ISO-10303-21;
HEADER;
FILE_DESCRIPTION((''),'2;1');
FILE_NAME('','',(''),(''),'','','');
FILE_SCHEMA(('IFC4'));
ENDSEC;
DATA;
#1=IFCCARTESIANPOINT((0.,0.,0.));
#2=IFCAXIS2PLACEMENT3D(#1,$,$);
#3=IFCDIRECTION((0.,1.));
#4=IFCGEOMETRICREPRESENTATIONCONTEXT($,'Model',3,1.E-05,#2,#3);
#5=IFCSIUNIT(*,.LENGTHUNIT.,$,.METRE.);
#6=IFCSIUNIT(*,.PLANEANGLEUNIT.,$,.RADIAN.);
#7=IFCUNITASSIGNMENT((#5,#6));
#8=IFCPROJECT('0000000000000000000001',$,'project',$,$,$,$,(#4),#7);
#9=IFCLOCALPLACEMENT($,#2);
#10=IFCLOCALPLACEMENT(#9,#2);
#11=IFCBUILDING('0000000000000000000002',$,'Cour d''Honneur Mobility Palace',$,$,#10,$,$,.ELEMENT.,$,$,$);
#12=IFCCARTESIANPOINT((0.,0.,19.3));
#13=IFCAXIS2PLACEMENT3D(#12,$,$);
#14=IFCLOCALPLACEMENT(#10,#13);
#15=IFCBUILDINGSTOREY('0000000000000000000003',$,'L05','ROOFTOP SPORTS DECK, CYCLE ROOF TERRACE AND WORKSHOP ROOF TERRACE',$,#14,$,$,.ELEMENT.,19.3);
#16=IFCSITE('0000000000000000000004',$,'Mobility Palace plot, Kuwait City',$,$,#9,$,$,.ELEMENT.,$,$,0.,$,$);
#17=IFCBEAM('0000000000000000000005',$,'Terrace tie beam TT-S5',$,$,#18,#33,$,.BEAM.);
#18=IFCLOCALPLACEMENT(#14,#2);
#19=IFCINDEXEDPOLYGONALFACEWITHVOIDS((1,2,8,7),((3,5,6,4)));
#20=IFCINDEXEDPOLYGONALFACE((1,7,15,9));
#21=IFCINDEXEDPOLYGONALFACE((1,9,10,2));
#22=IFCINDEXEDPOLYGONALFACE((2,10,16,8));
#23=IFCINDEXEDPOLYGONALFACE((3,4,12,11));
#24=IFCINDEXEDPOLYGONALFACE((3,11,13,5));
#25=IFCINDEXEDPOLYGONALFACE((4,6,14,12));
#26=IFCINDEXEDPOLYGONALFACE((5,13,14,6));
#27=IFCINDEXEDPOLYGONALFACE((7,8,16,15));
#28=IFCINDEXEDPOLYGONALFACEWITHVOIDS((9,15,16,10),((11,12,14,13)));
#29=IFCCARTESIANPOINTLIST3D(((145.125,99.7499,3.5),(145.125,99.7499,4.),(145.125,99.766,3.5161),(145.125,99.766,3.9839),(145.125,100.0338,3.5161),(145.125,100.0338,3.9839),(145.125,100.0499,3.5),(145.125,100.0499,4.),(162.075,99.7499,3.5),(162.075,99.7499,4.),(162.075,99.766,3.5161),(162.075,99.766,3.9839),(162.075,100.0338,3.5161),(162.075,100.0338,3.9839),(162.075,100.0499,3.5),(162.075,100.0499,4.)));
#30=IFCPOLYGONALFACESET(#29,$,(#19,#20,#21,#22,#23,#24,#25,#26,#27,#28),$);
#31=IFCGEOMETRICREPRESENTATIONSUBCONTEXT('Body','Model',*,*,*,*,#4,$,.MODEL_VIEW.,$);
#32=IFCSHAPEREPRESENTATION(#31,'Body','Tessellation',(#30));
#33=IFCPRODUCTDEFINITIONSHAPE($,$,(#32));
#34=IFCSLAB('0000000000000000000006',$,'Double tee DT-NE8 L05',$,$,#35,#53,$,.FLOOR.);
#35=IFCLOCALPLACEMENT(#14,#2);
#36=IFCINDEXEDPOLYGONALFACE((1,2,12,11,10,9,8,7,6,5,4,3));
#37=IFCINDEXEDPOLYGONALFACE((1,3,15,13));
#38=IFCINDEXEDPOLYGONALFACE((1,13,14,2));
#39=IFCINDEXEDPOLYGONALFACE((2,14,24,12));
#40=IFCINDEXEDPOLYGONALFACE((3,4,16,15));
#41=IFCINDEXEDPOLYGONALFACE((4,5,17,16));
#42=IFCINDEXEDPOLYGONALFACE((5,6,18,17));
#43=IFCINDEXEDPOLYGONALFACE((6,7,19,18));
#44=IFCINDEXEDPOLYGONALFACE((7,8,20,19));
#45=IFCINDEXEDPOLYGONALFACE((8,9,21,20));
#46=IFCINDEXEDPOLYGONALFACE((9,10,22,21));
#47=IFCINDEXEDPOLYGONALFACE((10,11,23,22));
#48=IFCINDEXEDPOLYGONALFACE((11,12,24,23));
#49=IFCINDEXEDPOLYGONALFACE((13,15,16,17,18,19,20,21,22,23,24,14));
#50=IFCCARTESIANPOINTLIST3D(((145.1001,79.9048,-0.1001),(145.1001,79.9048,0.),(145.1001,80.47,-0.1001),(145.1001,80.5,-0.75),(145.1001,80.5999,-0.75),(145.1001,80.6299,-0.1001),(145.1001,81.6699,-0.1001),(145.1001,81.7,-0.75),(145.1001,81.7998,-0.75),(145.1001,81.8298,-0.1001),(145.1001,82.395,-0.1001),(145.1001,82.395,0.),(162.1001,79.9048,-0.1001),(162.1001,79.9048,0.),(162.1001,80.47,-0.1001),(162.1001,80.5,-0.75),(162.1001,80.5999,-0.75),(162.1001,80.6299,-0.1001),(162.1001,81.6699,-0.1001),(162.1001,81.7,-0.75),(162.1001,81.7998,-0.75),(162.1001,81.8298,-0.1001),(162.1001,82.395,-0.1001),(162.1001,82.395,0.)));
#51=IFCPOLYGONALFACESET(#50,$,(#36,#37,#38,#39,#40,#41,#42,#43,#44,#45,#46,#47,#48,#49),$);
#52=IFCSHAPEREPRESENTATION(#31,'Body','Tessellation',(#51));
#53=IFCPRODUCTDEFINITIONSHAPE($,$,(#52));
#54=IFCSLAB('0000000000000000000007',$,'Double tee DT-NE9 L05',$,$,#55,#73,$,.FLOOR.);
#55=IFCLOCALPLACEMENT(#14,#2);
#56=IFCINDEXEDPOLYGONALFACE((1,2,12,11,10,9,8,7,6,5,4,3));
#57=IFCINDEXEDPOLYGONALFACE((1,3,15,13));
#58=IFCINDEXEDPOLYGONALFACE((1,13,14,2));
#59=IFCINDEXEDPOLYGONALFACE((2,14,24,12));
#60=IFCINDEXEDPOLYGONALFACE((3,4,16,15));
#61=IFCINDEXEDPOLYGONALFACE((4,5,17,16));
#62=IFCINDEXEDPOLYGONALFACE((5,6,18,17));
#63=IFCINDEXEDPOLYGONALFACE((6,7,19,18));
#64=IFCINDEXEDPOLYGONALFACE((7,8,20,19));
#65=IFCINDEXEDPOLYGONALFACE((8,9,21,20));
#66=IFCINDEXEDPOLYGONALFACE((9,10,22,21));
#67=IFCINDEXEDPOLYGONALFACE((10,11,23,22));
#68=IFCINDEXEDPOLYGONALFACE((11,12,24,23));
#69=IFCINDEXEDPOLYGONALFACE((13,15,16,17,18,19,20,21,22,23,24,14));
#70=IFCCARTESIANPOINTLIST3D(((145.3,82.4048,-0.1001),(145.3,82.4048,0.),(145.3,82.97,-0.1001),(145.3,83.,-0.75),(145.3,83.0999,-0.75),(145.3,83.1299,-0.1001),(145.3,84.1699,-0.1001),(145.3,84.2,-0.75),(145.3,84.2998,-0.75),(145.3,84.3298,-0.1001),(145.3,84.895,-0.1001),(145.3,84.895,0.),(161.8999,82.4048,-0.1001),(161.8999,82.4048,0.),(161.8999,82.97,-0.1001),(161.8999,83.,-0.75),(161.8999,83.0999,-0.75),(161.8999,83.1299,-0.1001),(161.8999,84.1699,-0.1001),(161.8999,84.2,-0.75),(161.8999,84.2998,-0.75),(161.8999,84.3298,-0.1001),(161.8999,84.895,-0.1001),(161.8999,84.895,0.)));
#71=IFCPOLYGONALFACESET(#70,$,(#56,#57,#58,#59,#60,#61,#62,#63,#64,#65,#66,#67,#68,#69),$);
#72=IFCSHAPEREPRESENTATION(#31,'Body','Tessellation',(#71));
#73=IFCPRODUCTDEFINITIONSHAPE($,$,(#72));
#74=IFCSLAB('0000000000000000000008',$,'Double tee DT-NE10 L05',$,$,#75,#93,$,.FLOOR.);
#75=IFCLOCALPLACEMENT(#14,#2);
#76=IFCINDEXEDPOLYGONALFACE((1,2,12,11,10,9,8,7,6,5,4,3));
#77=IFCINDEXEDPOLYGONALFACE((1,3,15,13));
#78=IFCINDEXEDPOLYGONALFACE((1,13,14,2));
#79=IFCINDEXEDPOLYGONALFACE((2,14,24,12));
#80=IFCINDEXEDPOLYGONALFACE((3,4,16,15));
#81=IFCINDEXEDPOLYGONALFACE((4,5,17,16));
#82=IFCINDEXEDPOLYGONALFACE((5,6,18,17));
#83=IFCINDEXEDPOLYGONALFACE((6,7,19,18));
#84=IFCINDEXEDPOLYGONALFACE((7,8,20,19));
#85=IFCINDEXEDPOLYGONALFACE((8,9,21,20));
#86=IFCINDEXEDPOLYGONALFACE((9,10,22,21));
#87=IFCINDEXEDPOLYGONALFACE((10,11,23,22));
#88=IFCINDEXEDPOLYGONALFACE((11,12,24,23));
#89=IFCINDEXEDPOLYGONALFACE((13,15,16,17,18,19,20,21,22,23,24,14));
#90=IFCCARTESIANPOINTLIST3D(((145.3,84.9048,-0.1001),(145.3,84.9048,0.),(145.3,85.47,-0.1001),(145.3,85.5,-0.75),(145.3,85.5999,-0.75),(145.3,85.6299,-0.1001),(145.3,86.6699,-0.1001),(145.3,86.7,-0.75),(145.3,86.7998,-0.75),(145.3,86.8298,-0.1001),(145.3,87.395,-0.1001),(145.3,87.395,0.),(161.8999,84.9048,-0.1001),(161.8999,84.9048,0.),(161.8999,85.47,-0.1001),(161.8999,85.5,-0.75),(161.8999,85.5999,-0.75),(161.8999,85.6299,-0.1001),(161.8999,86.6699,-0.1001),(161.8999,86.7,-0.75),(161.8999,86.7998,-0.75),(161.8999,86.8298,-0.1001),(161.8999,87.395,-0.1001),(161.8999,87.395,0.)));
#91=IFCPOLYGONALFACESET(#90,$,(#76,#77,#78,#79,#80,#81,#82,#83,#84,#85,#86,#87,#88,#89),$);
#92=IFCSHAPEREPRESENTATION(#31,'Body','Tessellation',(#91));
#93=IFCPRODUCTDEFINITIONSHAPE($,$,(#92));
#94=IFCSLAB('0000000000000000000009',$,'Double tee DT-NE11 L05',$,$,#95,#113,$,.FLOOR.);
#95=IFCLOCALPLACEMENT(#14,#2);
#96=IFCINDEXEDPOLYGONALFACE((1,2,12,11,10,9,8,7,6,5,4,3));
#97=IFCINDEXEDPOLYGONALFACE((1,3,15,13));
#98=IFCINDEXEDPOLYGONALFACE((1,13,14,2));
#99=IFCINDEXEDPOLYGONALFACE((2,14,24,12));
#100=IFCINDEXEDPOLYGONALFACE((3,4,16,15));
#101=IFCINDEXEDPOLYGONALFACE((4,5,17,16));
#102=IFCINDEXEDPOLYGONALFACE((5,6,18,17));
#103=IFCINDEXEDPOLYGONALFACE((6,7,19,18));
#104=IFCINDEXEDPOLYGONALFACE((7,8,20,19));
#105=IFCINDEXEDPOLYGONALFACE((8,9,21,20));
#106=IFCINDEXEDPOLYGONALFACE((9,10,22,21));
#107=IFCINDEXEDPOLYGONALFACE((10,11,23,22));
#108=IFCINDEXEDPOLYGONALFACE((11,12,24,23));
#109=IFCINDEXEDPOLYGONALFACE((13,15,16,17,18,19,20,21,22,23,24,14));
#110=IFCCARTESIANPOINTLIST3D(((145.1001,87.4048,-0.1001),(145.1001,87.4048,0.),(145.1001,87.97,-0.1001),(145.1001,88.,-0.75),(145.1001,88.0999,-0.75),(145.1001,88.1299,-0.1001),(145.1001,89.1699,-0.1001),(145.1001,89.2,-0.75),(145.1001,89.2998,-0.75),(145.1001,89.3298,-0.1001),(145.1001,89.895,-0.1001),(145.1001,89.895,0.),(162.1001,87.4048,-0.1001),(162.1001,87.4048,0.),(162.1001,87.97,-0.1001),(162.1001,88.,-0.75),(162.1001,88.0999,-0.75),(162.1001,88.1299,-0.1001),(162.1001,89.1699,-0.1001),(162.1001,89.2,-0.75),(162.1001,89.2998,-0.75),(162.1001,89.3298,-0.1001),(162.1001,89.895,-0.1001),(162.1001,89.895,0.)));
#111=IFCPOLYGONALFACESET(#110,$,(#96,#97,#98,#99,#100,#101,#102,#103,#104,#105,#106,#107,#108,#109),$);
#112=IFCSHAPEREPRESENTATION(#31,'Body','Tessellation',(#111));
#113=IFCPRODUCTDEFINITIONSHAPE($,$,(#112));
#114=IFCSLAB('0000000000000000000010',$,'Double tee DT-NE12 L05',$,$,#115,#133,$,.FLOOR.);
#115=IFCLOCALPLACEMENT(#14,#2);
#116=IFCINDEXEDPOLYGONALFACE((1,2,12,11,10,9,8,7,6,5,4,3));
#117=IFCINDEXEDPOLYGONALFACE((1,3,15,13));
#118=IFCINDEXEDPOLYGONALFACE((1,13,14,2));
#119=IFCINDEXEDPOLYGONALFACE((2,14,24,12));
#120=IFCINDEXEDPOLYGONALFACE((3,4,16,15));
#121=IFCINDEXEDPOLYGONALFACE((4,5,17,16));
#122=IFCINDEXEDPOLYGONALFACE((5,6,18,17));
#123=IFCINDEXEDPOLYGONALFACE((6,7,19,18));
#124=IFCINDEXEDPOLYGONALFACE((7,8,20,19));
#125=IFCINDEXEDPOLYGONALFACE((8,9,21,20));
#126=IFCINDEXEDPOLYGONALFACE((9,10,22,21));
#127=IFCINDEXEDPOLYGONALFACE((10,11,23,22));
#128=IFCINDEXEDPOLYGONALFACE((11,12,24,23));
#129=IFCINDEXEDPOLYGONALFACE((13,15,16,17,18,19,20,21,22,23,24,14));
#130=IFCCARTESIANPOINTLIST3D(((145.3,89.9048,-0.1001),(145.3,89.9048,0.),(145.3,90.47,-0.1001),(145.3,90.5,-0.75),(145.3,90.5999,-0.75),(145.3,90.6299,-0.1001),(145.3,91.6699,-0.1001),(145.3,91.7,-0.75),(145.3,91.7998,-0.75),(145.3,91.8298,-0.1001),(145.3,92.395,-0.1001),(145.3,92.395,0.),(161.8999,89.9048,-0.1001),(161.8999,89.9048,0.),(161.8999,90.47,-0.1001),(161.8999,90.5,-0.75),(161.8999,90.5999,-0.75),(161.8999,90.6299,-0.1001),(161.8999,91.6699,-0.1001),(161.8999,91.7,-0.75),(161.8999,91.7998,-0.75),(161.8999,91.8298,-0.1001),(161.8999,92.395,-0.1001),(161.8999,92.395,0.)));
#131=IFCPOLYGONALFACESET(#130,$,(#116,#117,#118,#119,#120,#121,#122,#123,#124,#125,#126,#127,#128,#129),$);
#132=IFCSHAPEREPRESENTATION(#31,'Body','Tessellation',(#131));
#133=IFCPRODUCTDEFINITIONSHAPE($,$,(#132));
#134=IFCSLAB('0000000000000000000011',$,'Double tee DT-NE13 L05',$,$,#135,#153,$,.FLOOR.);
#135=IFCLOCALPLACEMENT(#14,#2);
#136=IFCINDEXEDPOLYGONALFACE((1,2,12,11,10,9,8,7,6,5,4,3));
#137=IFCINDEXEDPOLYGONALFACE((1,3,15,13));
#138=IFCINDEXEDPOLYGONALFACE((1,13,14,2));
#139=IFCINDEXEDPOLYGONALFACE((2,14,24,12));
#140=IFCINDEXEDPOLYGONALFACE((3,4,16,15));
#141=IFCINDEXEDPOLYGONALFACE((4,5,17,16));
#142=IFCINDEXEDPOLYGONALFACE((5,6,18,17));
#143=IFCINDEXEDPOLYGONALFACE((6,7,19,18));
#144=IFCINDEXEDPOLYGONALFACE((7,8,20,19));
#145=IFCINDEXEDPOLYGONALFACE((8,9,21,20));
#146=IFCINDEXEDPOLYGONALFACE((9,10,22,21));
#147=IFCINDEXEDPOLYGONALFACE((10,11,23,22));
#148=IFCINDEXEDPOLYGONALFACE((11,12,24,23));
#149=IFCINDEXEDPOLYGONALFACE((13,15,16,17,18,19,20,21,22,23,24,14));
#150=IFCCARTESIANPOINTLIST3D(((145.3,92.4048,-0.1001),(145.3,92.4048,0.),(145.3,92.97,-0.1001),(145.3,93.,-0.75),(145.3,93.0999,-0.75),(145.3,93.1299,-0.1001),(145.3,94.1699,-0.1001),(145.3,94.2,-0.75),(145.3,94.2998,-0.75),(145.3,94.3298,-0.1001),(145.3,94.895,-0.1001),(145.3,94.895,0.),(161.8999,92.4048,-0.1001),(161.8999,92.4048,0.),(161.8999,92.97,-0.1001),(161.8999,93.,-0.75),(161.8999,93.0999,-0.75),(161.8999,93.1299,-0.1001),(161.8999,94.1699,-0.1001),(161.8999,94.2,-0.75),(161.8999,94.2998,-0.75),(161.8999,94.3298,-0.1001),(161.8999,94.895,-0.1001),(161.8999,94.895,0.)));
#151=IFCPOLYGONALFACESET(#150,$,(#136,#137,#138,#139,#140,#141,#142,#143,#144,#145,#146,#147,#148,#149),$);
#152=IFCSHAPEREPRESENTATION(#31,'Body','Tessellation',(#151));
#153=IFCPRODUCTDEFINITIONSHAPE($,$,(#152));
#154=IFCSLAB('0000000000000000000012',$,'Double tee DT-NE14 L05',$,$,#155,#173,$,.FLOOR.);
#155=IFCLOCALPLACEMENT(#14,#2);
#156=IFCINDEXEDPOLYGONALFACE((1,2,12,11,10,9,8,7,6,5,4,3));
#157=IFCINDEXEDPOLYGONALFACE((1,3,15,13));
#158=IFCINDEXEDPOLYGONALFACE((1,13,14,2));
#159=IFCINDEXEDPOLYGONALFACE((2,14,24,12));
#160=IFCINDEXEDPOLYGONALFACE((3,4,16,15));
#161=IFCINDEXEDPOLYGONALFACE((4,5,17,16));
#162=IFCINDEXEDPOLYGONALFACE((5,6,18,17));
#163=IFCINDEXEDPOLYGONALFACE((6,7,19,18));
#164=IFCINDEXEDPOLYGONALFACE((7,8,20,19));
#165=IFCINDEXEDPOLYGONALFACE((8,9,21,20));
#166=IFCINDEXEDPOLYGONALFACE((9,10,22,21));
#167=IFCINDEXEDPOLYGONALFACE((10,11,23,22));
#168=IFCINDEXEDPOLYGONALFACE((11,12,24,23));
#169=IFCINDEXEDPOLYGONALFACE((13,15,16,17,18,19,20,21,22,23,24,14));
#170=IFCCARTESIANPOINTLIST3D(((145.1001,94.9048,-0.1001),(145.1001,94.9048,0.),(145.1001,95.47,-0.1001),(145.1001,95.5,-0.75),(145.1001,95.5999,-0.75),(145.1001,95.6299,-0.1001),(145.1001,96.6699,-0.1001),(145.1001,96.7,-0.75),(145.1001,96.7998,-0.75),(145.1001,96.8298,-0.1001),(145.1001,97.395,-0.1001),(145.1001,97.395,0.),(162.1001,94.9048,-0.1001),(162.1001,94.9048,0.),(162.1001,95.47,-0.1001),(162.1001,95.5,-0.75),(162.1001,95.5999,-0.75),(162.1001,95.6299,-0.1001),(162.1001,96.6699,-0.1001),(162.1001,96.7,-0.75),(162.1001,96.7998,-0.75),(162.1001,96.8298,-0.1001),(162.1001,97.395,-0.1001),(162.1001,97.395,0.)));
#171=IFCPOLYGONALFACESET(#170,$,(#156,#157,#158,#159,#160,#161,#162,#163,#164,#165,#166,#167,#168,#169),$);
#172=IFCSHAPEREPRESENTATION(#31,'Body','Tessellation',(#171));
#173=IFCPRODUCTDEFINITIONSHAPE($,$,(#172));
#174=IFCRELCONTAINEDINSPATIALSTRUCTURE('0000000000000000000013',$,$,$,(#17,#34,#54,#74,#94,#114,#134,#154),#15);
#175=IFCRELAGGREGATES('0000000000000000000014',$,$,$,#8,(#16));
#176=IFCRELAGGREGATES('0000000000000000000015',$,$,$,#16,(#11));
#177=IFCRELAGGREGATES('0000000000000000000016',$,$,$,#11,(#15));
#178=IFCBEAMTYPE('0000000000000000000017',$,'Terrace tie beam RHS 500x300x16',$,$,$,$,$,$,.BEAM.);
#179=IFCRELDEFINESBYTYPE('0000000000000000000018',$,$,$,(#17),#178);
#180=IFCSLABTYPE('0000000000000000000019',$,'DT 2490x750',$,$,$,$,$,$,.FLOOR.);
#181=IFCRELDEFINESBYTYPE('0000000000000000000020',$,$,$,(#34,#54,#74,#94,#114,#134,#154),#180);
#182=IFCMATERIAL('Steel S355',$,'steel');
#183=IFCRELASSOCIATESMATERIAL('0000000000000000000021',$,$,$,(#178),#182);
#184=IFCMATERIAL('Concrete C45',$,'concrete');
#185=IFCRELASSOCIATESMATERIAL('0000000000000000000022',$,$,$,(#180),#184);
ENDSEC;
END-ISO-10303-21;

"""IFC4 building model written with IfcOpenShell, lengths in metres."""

from ifc_helpers import new_model, si_unit, direction, frame, origin, origin_2d, place, context, subcontext, project, spatial, polyline, hollow_rectangle, outline, extrude, material, material_profile, profile_set, type_object, element, save


model = new_model("IFC4")

# Units and contexts
model_context = context("Model", 3, precision=1e-05, world=origin(), true_north=direction((0.0, 1.0)))
body_context = subcontext(model_context, "Body", "Model", "MODEL_VIEW")
ifc_project = project(units=[si_unit("LENGTHUNIT", "METRE"), si_unit("PLANEANGLEUNIT", "RADIAN")], contexts=[model_context])

# Site, building, storey
site_placement = place(None, origin())
site = spatial("IfcSite", under=ifc_project, at=site_placement, Name="Mobility Palace plot, Kuwait City", CompositionType="ELEMENT", RefElevation=0.0)
building_placement = place(site_placement, origin())
building = spatial("IfcBuilding", under=site, at=building_placement, Name="Cour d'Honneur Mobility Palace", CompositionType="ELEMENT")
storey_placement = place(building_placement, frame((0.0, 0.0, 19.3)))
storey = spatial("IfcBuildingStorey", under=building, at=storey_placement, Name="L05", Description="ROOFTOP SPORTS DECK, CYCLE ROOF TERRACE AND WORKSHOP ROOF TERRACE", CompositionType="ELEMENT", Elevation=19.3)

# Beam
ifc_material_1 = material(Name="Steel S355", Category="steel")
ifc_material_profile_1 = material_profile(ifc_material_1, hollow_rectangle(XDim=0.3, YDim=0.5, WallThickness=0.0161, at=origin_2d()), Name="RHS 500x300x16")
ifc_profile_set_1 = profile_set([ifc_material_profile_1], Name="Steel S355")
beam_type_1 = type_object("IfcBeamType", Name="Terrace tie beam RHS 500x300x16", PredefinedType="BEAM", material=ifc_profile_set_1)
for number, where, z_axis, x_axis, name in (
    (1, (145.125, 99.8999, 3.75), (1.0, 0.0, 0.0), (0.0, 1.0, 0.0), "Terrace tie beam TT-S5"),
):
    element("IfcBeam", number, at=place(storey_placement, frame(where, z_axis=z_axis, x_axis=x_axis)), inside=storey, type_object=beam_type_1, Name=name, PredefinedType="BEAM", context=body_context, shape_type="SweptSolid", body=[
        extrude(hollow_rectangle(XDim=0.3, YDim=0.5, WallThickness=0.0161, at=origin_2d()), origin(), (0.0, 0.0, 1.0), 16.95),
    ])

# Slabs
ifc_material_2 = material(Name="Concrete C45", Category="concrete")
ifc_material_profile_2 = material_profile(ifc_material_2, outline(polyline([(-1.2451, 0.0), (1.2451, 0.0), (1.2451, -0.1001), (0.6799, -0.1001), (0.6499, -0.75), (0.55, -0.75), (0.52, -0.1001), (-0.52, -0.1001), (-0.55, -0.75), (-0.6499, -0.75), (-0.6799, -0.1001), (-1.2451, -0.1001), (-1.2451, 0.0)])), Name="DT 2490x750")
ifc_profile_set_2 = profile_set([ifc_material_profile_2], Name="Concrete C45")
slab_type = type_object("IfcSlabType", Name="DT 2490x750", PredefinedType="FLOOR", material=ifc_profile_set_2)
slab_1_placement = place(storey_placement, frame((145.1001, 81.1499, 0.0), z_axis=(1.0, 0.0, 0.0), x_axis=(0.0, 1.0, 0.0)))
element("IfcSlab", 2, at=slab_1_placement, inside=storey, type_object=slab_type, Name="Double tee DT-NE8 L05", PredefinedType="FLOOR", context=body_context, shape_type="SweptSolid", body=[
    extrude(outline(polyline([(-1.2451, 0.0), (1.2451, 0.0), (1.2451, -0.1001), (0.6799, -0.1001), (0.6499, -0.75), (0.55, -0.75), (0.52, -0.1001), (-0.52, -0.1001), (-0.55, -0.75), (-0.6499, -0.75), (-0.6799, -0.1001), (-1.2451, -0.1001), (-1.2451, 0.0)])), origin(), (0.0, 0.0, 1.0), 17.0),
])
for number, where, z_axis, x_axis, name in (
    (3, (145.3, 83.6499, 0.0), (1.0, 0.0, 0.0), (0.0, 1.0, 0.0), "Double tee DT-NE9 L05"),
    (4, (145.3, 86.1499, 0.0), (1.0, 0.0, 0.0), (0.0, 1.0, 0.0), "Double tee DT-NE10 L05"),
):
    element("IfcSlab", number, at=place(storey_placement, frame(where, z_axis=z_axis, x_axis=x_axis)), inside=storey, type_object=slab_type, Name=name, PredefinedType="FLOOR", context=body_context, shape_type="SweptSolid", body=[
        extrude(outline(polyline([(-1.2451, 0.0), (1.2451, 0.0), (1.2451, -0.1001), (0.6799, -0.1001), (0.6499, -0.75), (0.55, -0.75), (0.52, -0.1001), (-0.52, -0.1001), (-0.55, -0.75), (-0.6499, -0.75), (-0.6799, -0.1001), (-1.2451, -0.1001), (-1.2451, 0.0)])), origin(), (0.0, 0.0, 1.0), 16.5999),
    ])
slab_2_placement = place(storey_placement, frame((145.1001, 88.6499, 0.0), z_axis=(1.0, 0.0, 0.0), x_axis=(0.0, 1.0, 0.0)))
element("IfcSlab", 5, at=slab_2_placement, inside=storey, type_object=slab_type, Name="Double tee DT-NE11 L05", PredefinedType="FLOOR", context=body_context, shape_type="SweptSolid", body=[
    extrude(outline(polyline([(-1.2451, 0.0), (1.2451, 0.0), (1.2451, -0.1001), (0.6799, -0.1001), (0.6499, -0.75), (0.55, -0.75), (0.52, -0.1001), (-0.52, -0.1001), (-0.55, -0.75), (-0.6499, -0.75), (-0.6799, -0.1001), (-1.2451, -0.1001), (-1.2451, 0.0)])), origin(), (0.0, 0.0, 1.0), 17.0),
])
for number, where, z_axis, x_axis, name in (
    (6, (145.3, 91.1499, 0.0), (1.0, 0.0, 0.0), (0.0, 1.0, 0.0), "Double tee DT-NE12 L05"),
    (7, (145.3, 93.6499, 0.0), (1.0, 0.0, 0.0), (0.0, 1.0, 0.0), "Double tee DT-NE13 L05"),
):
    element("IfcSlab", number, at=place(storey_placement, frame(where, z_axis=z_axis, x_axis=x_axis)), inside=storey, type_object=slab_type, Name=name, PredefinedType="FLOOR", context=body_context, shape_type="SweptSolid", body=[
        extrude(outline(polyline([(-1.2451, 0.0), (1.2451, 0.0), (1.2451, -0.1001), (0.6799, -0.1001), (0.6499, -0.75), (0.55, -0.75), (0.52, -0.1001), (-0.52, -0.1001), (-0.55, -0.75), (-0.6499, -0.75), (-0.6799, -0.1001), (-1.2451, -0.1001), (-1.2451, 0.0)])), origin(), (0.0, 0.0, 1.0), 16.5999),
    ])
slab_3_placement = place(storey_placement, frame((145.1001, 96.1499, 0.0), z_axis=(1.0, 0.0, 0.0), x_axis=(0.0, 1.0, 0.0)))
element("IfcSlab", 8, at=slab_3_placement, inside=storey, type_object=slab_type, Name="Double tee DT-NE14 L05", PredefinedType="FLOOR", context=body_context, shape_type="SweptSolid", body=[
    extrude(outline(polyline([(-1.2451, 0.0), (1.2451, 0.0), (1.2451, -0.1001), (0.6799, -0.1001), (0.6499, -0.75), (0.55, -0.75), (0.52, -0.1001), (-0.52, -0.1001), (-0.55, -0.75), (-0.6499, -0.75), (-0.6799, -0.1001), (-1.2451, -0.1001), (-1.2451, 0.0)])), origin(), (0.0, 0.0, 1.0), 17.0),
])

save(model, "model.ifc")
